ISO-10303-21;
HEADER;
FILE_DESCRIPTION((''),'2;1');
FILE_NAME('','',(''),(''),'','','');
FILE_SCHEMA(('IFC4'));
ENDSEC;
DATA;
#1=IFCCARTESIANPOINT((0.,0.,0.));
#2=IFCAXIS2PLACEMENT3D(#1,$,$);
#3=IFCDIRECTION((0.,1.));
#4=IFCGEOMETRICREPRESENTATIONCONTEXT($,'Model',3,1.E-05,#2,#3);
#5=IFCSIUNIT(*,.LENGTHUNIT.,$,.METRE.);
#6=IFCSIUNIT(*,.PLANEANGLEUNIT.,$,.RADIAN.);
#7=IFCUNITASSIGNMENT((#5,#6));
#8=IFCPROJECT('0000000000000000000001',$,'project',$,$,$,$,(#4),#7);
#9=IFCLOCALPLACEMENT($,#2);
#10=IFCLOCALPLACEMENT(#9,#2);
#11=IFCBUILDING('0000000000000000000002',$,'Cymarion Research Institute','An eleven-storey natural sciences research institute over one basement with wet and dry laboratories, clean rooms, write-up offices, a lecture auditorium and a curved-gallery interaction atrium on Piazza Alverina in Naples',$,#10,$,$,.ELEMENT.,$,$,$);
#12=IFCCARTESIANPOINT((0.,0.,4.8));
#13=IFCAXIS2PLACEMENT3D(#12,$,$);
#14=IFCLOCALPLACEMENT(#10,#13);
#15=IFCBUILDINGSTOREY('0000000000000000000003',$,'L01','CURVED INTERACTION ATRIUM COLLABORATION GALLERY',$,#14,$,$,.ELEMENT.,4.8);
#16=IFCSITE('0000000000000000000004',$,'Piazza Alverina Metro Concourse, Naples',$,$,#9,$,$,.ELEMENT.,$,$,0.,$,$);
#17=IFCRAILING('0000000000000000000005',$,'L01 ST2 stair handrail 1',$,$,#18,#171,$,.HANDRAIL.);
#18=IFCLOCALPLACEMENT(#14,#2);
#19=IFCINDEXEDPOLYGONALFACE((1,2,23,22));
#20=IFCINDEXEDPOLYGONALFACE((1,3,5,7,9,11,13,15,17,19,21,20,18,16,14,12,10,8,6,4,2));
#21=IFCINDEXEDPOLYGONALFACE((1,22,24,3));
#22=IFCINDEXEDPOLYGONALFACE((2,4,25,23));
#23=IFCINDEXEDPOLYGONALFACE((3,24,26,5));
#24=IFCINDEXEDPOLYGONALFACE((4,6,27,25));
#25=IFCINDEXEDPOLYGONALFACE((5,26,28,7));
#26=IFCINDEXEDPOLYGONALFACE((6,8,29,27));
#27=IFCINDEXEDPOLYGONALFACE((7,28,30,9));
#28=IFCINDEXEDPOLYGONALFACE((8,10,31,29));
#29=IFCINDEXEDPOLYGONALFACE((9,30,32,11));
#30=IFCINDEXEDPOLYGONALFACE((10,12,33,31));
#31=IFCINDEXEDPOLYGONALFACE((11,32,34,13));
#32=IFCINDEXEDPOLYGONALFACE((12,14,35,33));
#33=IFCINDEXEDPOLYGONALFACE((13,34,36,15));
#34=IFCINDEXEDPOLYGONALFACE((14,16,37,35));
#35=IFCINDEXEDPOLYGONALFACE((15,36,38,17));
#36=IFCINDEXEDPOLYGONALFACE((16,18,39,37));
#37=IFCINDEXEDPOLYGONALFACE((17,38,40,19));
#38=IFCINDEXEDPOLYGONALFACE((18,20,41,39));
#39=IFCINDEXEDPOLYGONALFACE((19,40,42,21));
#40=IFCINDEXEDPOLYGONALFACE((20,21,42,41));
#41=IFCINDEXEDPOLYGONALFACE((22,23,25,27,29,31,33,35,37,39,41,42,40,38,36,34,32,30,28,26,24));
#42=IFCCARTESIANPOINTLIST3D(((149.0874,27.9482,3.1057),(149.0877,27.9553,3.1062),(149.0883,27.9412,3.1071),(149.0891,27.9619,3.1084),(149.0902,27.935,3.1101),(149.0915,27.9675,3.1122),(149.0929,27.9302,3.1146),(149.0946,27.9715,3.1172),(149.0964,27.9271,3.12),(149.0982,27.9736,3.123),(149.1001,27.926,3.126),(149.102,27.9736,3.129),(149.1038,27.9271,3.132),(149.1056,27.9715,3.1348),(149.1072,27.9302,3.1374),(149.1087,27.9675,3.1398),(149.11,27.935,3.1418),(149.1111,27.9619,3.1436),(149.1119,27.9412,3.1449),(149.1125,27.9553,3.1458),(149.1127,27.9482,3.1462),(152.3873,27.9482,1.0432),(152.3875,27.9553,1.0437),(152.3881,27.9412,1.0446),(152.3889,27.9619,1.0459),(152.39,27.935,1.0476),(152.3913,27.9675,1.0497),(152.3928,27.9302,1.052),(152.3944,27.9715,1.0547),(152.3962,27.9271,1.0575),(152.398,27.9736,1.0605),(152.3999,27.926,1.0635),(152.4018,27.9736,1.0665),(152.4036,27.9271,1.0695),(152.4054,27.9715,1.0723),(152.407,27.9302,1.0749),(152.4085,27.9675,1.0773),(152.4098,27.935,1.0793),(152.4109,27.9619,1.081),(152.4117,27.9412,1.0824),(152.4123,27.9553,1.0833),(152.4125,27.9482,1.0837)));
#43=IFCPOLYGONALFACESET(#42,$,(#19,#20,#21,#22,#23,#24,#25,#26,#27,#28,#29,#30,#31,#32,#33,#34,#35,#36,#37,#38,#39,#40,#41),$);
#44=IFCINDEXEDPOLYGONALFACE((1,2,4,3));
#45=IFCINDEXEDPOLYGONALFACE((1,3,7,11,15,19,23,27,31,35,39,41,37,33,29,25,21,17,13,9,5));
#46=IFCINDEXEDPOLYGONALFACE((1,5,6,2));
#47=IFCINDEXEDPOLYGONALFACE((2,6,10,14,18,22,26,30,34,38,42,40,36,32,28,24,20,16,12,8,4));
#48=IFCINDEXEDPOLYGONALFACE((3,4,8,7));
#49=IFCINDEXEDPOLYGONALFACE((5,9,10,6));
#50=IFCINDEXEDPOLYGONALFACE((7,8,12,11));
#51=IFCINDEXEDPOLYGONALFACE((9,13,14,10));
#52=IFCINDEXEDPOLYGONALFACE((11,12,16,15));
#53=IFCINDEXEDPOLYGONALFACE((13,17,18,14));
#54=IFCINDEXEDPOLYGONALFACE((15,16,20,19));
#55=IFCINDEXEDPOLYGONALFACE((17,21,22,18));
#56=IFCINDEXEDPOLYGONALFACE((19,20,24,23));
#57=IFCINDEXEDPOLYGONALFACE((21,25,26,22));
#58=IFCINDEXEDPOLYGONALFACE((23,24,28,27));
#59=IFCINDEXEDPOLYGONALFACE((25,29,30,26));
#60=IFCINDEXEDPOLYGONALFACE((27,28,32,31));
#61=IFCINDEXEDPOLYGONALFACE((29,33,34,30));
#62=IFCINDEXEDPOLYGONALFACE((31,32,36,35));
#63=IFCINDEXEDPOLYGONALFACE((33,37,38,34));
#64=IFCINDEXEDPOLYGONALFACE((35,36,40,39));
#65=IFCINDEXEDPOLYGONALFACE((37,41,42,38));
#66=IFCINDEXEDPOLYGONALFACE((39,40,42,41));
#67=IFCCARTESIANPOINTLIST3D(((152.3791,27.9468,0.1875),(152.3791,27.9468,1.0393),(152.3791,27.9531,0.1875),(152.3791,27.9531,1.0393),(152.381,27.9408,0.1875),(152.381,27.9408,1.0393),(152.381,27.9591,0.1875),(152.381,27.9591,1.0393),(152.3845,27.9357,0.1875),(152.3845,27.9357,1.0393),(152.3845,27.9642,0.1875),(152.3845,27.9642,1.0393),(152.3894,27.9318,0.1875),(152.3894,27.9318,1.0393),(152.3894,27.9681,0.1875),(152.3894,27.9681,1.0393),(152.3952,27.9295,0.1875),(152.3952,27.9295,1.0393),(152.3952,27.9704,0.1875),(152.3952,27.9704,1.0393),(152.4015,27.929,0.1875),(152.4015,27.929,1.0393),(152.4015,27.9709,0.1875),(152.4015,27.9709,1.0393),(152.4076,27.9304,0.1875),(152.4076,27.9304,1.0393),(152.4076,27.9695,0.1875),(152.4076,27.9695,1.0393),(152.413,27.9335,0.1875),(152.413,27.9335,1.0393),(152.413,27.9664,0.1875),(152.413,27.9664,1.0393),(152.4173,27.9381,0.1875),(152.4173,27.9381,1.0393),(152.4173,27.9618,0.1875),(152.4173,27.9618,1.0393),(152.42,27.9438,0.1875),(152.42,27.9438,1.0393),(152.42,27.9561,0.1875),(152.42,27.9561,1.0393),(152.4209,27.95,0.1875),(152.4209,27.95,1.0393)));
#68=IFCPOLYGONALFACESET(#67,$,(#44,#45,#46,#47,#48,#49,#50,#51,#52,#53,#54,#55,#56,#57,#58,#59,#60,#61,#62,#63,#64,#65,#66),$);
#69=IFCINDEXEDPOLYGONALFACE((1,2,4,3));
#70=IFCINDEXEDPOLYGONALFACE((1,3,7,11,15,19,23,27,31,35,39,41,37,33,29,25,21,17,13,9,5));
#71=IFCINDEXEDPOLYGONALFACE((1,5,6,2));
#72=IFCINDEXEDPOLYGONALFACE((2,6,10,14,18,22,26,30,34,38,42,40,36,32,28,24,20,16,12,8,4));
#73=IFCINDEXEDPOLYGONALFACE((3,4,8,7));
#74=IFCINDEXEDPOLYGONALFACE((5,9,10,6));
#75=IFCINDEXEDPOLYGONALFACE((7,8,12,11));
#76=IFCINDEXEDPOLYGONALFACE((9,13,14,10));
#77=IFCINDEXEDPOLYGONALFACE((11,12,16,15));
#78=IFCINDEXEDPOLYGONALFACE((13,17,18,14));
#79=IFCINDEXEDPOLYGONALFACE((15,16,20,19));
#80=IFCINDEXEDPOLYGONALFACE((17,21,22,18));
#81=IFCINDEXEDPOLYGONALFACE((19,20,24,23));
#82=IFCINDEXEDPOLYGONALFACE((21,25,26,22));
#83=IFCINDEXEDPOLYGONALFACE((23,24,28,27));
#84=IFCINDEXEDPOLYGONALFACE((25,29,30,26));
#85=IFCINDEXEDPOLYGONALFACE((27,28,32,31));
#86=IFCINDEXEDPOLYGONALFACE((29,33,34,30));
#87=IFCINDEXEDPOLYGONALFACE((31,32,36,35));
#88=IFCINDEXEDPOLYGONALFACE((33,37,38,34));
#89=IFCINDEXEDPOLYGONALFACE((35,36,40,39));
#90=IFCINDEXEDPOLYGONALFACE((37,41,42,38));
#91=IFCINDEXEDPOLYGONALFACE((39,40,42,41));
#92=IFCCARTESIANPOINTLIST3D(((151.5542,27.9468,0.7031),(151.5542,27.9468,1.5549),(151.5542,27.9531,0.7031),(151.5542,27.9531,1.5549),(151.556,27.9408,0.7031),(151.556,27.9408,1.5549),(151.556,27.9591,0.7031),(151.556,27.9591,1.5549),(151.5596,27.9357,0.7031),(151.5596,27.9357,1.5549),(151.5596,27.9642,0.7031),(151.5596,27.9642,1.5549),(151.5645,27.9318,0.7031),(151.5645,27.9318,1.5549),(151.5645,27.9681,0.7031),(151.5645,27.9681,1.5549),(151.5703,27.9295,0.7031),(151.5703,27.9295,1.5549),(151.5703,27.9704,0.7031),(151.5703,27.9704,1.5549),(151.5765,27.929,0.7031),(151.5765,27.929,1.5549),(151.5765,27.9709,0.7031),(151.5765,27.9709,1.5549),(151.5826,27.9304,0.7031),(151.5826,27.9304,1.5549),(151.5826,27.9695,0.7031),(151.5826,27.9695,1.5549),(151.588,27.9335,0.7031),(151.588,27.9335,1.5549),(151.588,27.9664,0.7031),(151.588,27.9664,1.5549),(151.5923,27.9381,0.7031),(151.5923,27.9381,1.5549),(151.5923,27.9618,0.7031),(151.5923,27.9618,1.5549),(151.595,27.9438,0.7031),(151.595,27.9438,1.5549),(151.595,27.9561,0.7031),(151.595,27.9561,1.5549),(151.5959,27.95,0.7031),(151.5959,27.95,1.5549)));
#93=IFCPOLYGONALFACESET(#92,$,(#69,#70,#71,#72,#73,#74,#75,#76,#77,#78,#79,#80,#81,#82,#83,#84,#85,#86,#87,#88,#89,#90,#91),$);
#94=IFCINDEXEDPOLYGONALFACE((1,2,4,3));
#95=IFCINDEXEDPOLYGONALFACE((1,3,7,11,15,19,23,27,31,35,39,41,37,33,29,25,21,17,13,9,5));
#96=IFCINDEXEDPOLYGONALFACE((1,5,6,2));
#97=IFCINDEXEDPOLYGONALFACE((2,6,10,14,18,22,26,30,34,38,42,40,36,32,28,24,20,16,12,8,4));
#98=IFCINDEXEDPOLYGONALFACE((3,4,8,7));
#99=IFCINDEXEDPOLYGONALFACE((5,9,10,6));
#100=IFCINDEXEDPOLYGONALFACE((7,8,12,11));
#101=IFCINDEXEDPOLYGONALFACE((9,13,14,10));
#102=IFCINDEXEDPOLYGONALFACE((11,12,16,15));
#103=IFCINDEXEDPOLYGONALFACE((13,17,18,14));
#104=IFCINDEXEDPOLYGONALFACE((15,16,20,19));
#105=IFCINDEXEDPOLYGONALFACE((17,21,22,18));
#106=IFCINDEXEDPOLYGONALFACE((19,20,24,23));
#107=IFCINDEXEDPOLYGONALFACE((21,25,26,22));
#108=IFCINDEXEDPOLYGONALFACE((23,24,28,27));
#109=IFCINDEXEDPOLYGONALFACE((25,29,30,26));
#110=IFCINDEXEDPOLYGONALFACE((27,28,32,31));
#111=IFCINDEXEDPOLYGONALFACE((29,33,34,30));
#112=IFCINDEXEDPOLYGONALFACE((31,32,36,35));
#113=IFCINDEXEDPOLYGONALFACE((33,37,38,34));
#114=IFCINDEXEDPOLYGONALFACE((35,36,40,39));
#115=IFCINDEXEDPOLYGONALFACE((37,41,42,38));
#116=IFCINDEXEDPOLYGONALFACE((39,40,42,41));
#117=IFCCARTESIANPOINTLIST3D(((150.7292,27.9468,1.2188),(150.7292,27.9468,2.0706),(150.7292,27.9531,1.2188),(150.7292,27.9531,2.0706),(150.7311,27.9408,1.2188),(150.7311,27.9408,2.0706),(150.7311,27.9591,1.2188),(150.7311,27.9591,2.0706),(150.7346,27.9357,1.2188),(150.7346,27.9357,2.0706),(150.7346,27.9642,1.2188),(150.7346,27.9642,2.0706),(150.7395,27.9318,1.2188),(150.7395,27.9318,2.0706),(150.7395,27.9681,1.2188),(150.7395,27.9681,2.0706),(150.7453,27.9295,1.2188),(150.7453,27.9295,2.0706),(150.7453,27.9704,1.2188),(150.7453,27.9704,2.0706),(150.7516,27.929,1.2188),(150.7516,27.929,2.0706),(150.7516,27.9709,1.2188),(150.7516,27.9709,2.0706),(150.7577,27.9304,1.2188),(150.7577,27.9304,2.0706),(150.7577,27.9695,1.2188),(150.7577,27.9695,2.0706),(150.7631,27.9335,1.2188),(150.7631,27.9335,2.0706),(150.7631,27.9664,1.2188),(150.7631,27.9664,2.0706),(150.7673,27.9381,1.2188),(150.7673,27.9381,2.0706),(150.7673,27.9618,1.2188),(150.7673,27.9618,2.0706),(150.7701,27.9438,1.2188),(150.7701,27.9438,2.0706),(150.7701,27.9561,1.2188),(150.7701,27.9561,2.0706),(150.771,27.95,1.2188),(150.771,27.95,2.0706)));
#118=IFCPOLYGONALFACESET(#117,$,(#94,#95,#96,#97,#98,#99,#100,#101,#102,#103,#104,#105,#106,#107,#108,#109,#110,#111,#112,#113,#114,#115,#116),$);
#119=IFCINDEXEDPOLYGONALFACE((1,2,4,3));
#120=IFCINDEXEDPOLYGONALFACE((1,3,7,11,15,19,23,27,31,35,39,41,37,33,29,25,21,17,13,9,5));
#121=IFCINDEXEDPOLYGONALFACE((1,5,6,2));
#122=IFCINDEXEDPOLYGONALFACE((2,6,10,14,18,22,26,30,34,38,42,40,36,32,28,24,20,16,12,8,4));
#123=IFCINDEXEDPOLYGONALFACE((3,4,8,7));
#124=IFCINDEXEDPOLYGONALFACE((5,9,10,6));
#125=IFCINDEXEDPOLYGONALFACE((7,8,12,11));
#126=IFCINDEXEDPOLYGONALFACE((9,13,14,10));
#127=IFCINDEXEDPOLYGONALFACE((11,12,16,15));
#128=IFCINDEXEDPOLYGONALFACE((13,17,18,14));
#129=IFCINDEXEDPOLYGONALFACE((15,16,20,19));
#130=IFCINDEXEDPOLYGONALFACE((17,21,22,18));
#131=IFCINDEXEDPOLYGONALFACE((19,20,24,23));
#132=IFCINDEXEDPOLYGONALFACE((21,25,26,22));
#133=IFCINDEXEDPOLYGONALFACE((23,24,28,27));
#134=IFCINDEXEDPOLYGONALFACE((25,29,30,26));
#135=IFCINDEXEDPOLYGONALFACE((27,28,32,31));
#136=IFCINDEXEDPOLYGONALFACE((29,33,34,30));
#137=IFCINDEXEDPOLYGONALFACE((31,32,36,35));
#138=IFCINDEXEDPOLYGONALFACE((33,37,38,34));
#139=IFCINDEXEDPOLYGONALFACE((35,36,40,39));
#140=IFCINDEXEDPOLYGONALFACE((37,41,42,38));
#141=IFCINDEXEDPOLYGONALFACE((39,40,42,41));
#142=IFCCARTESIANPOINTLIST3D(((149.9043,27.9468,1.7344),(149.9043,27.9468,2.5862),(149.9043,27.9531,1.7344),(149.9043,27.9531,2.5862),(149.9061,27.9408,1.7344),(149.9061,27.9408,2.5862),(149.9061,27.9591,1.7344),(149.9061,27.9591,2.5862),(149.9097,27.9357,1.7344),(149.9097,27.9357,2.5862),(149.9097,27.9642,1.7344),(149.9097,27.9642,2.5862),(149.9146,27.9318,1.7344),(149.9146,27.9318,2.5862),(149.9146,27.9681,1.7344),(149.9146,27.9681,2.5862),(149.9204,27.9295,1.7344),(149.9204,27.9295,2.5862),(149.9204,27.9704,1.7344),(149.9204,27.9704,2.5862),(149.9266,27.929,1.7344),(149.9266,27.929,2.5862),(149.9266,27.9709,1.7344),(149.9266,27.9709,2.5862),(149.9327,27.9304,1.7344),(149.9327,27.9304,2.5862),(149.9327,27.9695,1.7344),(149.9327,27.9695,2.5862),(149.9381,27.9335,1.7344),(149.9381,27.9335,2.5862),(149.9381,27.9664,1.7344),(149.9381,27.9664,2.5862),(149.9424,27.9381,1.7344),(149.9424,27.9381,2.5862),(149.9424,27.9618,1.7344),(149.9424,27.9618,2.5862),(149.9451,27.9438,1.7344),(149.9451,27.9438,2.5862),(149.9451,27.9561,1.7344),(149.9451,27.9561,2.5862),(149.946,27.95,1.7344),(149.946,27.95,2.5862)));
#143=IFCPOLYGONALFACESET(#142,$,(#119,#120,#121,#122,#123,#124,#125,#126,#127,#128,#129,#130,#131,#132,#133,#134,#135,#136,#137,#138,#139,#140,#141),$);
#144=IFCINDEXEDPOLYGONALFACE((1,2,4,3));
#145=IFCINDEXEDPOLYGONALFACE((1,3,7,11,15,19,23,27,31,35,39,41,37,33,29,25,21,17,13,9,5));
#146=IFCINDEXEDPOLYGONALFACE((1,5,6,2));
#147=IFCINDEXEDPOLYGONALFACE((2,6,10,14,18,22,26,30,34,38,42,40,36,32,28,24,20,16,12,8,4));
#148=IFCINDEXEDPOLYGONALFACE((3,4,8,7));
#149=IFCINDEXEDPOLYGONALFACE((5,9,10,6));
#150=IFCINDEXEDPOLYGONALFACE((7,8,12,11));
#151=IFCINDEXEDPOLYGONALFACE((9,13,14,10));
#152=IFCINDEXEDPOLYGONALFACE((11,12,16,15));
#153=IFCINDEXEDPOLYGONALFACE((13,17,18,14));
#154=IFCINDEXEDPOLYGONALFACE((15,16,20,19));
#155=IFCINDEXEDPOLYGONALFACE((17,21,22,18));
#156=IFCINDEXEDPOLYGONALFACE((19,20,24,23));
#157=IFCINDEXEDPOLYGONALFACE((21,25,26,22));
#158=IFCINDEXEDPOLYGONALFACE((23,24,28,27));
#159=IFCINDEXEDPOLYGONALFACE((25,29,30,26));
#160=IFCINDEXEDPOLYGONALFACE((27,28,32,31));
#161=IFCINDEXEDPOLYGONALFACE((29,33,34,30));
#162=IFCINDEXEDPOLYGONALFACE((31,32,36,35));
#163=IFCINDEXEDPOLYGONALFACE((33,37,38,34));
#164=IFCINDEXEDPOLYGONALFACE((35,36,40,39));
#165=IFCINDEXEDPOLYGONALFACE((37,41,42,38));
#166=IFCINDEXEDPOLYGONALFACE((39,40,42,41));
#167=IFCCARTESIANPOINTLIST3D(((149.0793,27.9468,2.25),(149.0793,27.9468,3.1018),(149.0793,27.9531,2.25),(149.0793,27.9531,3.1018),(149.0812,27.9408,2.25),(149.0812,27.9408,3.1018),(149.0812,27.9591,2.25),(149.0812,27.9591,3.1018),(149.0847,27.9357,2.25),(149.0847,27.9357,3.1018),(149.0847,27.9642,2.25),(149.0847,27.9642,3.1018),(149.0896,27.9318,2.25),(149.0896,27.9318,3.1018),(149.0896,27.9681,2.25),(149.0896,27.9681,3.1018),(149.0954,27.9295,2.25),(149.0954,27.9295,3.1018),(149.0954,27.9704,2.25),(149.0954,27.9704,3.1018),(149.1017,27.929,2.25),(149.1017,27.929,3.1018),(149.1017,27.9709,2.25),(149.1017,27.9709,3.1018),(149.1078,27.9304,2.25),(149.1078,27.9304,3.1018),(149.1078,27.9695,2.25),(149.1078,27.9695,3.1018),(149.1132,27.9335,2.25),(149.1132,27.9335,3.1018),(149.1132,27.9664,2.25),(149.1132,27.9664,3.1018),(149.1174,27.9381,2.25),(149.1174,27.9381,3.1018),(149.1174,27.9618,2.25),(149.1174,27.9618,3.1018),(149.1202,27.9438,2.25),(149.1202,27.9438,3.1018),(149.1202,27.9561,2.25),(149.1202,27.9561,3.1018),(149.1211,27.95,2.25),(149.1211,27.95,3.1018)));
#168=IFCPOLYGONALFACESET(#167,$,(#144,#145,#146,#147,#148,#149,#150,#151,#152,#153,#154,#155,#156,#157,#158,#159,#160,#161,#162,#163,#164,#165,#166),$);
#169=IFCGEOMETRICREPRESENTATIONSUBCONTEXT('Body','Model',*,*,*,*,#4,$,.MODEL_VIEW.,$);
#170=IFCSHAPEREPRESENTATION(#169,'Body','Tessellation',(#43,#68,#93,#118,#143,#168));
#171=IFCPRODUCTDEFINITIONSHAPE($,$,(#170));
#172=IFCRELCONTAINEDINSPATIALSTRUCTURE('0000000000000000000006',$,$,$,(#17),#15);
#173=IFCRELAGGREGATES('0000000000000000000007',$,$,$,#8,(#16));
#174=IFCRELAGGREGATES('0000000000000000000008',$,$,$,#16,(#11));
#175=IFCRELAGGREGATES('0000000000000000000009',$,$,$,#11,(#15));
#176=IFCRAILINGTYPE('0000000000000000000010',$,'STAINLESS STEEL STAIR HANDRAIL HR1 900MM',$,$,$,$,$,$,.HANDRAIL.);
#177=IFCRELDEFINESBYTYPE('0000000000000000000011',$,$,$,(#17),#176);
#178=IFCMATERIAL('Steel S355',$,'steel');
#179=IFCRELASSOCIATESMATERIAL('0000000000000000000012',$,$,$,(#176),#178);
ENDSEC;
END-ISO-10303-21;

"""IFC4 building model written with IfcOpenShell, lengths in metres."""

from ifc_helpers import new_model, si_unit, direction, frame, origin, origin_2d, place, context, subcontext, project, spatial, circle, extrude, material, type_object, element, save


model = new_model("IFC4")

# Units and contexts
model_context = context("Model", 3, precision=1e-05, world=origin(), true_north=direction((0.0, 1.0)))
body_context = subcontext(model_context, "Body", "Model", "MODEL_VIEW")
ifc_project = project(units=[si_unit("LENGTHUNIT", "METRE"), si_unit("PLANEANGLEUNIT", "RADIAN")], contexts=[model_context])

# Site, building, storey
site_placement = place(None, origin())
site = spatial("IfcSite", under=ifc_project, at=site_placement, Name="Piazza Alverina Metro Concourse, Naples", CompositionType="ELEMENT", RefElevation=0.0)
building_placement = place(site_placement, origin())
building = spatial("IfcBuilding", under=site, at=building_placement, Name="Cymarion Research Institute", Description="An eleven-storey natural sciences research institute over one basement with wet and dry laboratories, clean rooms, write-up offices, a lecture auditorium and a curved-gallery interaction atrium on Piazza Alverina in Naples", CompositionType="ELEMENT")
storey_placement = place(building_placement, frame((0.0, 0.0, 4.8)))
storey = spatial("IfcBuildingStorey", under=building, at=storey_placement, Name="L01", Description="CURVED INTERACTION ATRIUM COLLABORATION GALLERY", CompositionType="ELEMENT", Elevation=4.8)

# Railing
ifc_material_1 = material(Name="Steel S355", Category="steel")
railing_type_1 = type_object("IfcRailingType", Name="STAINLESS STEEL STAIR HANDRAIL HR1 900MM", PredefinedType="HANDRAIL", material=ifc_material_1)
railing_1_placement = place(storey_placement, frame((152.3999, 27.95, 0.1875)))
element("IfcRailing", 1, at=railing_1_placement, inside=storey, type_object=railing_type_1, Name="L01 ST2 stair handrail 1", PredefinedType="HANDRAIL", context=body_context, shape_type="SweptSolid", body=[
    extrude(circle(Radius=0.0239, at=origin_2d()), frame((0.0, 0.0, 0.876), z_axis=(-0.847984, 0.0, 0.530021), x_axis=(0.0, -1.0, 0.0)), (0.0, 0.0, 1.0), 3.8914),
    extrude(circle(Radius=0.021, at=origin_2d()), origin(), (0.0, 0.0, 1.0), 0.8518),
    extrude(circle(Radius=0.021, at=origin_2d()), frame((-0.825, 0.0, 0.5156)), (0.0, 0.0, 1.0), 0.8518),
    extrude(circle(Radius=0.021, at=origin_2d()), frame((-1.6499, 0.0, 1.0312)), (0.0, 0.0, 1.0), 0.8518),
    extrude(circle(Radius=0.021, at=origin_2d()), frame((-2.4749, 0.0, 1.5469)), (0.0, 0.0, 1.0), 0.8518),
    extrude(circle(Radius=0.021, at=origin_2d()), frame((-3.2998, 0.0, 2.0625)), (0.0, 0.0, 1.0), 0.8518),
])

save(model, "model.ifc")
